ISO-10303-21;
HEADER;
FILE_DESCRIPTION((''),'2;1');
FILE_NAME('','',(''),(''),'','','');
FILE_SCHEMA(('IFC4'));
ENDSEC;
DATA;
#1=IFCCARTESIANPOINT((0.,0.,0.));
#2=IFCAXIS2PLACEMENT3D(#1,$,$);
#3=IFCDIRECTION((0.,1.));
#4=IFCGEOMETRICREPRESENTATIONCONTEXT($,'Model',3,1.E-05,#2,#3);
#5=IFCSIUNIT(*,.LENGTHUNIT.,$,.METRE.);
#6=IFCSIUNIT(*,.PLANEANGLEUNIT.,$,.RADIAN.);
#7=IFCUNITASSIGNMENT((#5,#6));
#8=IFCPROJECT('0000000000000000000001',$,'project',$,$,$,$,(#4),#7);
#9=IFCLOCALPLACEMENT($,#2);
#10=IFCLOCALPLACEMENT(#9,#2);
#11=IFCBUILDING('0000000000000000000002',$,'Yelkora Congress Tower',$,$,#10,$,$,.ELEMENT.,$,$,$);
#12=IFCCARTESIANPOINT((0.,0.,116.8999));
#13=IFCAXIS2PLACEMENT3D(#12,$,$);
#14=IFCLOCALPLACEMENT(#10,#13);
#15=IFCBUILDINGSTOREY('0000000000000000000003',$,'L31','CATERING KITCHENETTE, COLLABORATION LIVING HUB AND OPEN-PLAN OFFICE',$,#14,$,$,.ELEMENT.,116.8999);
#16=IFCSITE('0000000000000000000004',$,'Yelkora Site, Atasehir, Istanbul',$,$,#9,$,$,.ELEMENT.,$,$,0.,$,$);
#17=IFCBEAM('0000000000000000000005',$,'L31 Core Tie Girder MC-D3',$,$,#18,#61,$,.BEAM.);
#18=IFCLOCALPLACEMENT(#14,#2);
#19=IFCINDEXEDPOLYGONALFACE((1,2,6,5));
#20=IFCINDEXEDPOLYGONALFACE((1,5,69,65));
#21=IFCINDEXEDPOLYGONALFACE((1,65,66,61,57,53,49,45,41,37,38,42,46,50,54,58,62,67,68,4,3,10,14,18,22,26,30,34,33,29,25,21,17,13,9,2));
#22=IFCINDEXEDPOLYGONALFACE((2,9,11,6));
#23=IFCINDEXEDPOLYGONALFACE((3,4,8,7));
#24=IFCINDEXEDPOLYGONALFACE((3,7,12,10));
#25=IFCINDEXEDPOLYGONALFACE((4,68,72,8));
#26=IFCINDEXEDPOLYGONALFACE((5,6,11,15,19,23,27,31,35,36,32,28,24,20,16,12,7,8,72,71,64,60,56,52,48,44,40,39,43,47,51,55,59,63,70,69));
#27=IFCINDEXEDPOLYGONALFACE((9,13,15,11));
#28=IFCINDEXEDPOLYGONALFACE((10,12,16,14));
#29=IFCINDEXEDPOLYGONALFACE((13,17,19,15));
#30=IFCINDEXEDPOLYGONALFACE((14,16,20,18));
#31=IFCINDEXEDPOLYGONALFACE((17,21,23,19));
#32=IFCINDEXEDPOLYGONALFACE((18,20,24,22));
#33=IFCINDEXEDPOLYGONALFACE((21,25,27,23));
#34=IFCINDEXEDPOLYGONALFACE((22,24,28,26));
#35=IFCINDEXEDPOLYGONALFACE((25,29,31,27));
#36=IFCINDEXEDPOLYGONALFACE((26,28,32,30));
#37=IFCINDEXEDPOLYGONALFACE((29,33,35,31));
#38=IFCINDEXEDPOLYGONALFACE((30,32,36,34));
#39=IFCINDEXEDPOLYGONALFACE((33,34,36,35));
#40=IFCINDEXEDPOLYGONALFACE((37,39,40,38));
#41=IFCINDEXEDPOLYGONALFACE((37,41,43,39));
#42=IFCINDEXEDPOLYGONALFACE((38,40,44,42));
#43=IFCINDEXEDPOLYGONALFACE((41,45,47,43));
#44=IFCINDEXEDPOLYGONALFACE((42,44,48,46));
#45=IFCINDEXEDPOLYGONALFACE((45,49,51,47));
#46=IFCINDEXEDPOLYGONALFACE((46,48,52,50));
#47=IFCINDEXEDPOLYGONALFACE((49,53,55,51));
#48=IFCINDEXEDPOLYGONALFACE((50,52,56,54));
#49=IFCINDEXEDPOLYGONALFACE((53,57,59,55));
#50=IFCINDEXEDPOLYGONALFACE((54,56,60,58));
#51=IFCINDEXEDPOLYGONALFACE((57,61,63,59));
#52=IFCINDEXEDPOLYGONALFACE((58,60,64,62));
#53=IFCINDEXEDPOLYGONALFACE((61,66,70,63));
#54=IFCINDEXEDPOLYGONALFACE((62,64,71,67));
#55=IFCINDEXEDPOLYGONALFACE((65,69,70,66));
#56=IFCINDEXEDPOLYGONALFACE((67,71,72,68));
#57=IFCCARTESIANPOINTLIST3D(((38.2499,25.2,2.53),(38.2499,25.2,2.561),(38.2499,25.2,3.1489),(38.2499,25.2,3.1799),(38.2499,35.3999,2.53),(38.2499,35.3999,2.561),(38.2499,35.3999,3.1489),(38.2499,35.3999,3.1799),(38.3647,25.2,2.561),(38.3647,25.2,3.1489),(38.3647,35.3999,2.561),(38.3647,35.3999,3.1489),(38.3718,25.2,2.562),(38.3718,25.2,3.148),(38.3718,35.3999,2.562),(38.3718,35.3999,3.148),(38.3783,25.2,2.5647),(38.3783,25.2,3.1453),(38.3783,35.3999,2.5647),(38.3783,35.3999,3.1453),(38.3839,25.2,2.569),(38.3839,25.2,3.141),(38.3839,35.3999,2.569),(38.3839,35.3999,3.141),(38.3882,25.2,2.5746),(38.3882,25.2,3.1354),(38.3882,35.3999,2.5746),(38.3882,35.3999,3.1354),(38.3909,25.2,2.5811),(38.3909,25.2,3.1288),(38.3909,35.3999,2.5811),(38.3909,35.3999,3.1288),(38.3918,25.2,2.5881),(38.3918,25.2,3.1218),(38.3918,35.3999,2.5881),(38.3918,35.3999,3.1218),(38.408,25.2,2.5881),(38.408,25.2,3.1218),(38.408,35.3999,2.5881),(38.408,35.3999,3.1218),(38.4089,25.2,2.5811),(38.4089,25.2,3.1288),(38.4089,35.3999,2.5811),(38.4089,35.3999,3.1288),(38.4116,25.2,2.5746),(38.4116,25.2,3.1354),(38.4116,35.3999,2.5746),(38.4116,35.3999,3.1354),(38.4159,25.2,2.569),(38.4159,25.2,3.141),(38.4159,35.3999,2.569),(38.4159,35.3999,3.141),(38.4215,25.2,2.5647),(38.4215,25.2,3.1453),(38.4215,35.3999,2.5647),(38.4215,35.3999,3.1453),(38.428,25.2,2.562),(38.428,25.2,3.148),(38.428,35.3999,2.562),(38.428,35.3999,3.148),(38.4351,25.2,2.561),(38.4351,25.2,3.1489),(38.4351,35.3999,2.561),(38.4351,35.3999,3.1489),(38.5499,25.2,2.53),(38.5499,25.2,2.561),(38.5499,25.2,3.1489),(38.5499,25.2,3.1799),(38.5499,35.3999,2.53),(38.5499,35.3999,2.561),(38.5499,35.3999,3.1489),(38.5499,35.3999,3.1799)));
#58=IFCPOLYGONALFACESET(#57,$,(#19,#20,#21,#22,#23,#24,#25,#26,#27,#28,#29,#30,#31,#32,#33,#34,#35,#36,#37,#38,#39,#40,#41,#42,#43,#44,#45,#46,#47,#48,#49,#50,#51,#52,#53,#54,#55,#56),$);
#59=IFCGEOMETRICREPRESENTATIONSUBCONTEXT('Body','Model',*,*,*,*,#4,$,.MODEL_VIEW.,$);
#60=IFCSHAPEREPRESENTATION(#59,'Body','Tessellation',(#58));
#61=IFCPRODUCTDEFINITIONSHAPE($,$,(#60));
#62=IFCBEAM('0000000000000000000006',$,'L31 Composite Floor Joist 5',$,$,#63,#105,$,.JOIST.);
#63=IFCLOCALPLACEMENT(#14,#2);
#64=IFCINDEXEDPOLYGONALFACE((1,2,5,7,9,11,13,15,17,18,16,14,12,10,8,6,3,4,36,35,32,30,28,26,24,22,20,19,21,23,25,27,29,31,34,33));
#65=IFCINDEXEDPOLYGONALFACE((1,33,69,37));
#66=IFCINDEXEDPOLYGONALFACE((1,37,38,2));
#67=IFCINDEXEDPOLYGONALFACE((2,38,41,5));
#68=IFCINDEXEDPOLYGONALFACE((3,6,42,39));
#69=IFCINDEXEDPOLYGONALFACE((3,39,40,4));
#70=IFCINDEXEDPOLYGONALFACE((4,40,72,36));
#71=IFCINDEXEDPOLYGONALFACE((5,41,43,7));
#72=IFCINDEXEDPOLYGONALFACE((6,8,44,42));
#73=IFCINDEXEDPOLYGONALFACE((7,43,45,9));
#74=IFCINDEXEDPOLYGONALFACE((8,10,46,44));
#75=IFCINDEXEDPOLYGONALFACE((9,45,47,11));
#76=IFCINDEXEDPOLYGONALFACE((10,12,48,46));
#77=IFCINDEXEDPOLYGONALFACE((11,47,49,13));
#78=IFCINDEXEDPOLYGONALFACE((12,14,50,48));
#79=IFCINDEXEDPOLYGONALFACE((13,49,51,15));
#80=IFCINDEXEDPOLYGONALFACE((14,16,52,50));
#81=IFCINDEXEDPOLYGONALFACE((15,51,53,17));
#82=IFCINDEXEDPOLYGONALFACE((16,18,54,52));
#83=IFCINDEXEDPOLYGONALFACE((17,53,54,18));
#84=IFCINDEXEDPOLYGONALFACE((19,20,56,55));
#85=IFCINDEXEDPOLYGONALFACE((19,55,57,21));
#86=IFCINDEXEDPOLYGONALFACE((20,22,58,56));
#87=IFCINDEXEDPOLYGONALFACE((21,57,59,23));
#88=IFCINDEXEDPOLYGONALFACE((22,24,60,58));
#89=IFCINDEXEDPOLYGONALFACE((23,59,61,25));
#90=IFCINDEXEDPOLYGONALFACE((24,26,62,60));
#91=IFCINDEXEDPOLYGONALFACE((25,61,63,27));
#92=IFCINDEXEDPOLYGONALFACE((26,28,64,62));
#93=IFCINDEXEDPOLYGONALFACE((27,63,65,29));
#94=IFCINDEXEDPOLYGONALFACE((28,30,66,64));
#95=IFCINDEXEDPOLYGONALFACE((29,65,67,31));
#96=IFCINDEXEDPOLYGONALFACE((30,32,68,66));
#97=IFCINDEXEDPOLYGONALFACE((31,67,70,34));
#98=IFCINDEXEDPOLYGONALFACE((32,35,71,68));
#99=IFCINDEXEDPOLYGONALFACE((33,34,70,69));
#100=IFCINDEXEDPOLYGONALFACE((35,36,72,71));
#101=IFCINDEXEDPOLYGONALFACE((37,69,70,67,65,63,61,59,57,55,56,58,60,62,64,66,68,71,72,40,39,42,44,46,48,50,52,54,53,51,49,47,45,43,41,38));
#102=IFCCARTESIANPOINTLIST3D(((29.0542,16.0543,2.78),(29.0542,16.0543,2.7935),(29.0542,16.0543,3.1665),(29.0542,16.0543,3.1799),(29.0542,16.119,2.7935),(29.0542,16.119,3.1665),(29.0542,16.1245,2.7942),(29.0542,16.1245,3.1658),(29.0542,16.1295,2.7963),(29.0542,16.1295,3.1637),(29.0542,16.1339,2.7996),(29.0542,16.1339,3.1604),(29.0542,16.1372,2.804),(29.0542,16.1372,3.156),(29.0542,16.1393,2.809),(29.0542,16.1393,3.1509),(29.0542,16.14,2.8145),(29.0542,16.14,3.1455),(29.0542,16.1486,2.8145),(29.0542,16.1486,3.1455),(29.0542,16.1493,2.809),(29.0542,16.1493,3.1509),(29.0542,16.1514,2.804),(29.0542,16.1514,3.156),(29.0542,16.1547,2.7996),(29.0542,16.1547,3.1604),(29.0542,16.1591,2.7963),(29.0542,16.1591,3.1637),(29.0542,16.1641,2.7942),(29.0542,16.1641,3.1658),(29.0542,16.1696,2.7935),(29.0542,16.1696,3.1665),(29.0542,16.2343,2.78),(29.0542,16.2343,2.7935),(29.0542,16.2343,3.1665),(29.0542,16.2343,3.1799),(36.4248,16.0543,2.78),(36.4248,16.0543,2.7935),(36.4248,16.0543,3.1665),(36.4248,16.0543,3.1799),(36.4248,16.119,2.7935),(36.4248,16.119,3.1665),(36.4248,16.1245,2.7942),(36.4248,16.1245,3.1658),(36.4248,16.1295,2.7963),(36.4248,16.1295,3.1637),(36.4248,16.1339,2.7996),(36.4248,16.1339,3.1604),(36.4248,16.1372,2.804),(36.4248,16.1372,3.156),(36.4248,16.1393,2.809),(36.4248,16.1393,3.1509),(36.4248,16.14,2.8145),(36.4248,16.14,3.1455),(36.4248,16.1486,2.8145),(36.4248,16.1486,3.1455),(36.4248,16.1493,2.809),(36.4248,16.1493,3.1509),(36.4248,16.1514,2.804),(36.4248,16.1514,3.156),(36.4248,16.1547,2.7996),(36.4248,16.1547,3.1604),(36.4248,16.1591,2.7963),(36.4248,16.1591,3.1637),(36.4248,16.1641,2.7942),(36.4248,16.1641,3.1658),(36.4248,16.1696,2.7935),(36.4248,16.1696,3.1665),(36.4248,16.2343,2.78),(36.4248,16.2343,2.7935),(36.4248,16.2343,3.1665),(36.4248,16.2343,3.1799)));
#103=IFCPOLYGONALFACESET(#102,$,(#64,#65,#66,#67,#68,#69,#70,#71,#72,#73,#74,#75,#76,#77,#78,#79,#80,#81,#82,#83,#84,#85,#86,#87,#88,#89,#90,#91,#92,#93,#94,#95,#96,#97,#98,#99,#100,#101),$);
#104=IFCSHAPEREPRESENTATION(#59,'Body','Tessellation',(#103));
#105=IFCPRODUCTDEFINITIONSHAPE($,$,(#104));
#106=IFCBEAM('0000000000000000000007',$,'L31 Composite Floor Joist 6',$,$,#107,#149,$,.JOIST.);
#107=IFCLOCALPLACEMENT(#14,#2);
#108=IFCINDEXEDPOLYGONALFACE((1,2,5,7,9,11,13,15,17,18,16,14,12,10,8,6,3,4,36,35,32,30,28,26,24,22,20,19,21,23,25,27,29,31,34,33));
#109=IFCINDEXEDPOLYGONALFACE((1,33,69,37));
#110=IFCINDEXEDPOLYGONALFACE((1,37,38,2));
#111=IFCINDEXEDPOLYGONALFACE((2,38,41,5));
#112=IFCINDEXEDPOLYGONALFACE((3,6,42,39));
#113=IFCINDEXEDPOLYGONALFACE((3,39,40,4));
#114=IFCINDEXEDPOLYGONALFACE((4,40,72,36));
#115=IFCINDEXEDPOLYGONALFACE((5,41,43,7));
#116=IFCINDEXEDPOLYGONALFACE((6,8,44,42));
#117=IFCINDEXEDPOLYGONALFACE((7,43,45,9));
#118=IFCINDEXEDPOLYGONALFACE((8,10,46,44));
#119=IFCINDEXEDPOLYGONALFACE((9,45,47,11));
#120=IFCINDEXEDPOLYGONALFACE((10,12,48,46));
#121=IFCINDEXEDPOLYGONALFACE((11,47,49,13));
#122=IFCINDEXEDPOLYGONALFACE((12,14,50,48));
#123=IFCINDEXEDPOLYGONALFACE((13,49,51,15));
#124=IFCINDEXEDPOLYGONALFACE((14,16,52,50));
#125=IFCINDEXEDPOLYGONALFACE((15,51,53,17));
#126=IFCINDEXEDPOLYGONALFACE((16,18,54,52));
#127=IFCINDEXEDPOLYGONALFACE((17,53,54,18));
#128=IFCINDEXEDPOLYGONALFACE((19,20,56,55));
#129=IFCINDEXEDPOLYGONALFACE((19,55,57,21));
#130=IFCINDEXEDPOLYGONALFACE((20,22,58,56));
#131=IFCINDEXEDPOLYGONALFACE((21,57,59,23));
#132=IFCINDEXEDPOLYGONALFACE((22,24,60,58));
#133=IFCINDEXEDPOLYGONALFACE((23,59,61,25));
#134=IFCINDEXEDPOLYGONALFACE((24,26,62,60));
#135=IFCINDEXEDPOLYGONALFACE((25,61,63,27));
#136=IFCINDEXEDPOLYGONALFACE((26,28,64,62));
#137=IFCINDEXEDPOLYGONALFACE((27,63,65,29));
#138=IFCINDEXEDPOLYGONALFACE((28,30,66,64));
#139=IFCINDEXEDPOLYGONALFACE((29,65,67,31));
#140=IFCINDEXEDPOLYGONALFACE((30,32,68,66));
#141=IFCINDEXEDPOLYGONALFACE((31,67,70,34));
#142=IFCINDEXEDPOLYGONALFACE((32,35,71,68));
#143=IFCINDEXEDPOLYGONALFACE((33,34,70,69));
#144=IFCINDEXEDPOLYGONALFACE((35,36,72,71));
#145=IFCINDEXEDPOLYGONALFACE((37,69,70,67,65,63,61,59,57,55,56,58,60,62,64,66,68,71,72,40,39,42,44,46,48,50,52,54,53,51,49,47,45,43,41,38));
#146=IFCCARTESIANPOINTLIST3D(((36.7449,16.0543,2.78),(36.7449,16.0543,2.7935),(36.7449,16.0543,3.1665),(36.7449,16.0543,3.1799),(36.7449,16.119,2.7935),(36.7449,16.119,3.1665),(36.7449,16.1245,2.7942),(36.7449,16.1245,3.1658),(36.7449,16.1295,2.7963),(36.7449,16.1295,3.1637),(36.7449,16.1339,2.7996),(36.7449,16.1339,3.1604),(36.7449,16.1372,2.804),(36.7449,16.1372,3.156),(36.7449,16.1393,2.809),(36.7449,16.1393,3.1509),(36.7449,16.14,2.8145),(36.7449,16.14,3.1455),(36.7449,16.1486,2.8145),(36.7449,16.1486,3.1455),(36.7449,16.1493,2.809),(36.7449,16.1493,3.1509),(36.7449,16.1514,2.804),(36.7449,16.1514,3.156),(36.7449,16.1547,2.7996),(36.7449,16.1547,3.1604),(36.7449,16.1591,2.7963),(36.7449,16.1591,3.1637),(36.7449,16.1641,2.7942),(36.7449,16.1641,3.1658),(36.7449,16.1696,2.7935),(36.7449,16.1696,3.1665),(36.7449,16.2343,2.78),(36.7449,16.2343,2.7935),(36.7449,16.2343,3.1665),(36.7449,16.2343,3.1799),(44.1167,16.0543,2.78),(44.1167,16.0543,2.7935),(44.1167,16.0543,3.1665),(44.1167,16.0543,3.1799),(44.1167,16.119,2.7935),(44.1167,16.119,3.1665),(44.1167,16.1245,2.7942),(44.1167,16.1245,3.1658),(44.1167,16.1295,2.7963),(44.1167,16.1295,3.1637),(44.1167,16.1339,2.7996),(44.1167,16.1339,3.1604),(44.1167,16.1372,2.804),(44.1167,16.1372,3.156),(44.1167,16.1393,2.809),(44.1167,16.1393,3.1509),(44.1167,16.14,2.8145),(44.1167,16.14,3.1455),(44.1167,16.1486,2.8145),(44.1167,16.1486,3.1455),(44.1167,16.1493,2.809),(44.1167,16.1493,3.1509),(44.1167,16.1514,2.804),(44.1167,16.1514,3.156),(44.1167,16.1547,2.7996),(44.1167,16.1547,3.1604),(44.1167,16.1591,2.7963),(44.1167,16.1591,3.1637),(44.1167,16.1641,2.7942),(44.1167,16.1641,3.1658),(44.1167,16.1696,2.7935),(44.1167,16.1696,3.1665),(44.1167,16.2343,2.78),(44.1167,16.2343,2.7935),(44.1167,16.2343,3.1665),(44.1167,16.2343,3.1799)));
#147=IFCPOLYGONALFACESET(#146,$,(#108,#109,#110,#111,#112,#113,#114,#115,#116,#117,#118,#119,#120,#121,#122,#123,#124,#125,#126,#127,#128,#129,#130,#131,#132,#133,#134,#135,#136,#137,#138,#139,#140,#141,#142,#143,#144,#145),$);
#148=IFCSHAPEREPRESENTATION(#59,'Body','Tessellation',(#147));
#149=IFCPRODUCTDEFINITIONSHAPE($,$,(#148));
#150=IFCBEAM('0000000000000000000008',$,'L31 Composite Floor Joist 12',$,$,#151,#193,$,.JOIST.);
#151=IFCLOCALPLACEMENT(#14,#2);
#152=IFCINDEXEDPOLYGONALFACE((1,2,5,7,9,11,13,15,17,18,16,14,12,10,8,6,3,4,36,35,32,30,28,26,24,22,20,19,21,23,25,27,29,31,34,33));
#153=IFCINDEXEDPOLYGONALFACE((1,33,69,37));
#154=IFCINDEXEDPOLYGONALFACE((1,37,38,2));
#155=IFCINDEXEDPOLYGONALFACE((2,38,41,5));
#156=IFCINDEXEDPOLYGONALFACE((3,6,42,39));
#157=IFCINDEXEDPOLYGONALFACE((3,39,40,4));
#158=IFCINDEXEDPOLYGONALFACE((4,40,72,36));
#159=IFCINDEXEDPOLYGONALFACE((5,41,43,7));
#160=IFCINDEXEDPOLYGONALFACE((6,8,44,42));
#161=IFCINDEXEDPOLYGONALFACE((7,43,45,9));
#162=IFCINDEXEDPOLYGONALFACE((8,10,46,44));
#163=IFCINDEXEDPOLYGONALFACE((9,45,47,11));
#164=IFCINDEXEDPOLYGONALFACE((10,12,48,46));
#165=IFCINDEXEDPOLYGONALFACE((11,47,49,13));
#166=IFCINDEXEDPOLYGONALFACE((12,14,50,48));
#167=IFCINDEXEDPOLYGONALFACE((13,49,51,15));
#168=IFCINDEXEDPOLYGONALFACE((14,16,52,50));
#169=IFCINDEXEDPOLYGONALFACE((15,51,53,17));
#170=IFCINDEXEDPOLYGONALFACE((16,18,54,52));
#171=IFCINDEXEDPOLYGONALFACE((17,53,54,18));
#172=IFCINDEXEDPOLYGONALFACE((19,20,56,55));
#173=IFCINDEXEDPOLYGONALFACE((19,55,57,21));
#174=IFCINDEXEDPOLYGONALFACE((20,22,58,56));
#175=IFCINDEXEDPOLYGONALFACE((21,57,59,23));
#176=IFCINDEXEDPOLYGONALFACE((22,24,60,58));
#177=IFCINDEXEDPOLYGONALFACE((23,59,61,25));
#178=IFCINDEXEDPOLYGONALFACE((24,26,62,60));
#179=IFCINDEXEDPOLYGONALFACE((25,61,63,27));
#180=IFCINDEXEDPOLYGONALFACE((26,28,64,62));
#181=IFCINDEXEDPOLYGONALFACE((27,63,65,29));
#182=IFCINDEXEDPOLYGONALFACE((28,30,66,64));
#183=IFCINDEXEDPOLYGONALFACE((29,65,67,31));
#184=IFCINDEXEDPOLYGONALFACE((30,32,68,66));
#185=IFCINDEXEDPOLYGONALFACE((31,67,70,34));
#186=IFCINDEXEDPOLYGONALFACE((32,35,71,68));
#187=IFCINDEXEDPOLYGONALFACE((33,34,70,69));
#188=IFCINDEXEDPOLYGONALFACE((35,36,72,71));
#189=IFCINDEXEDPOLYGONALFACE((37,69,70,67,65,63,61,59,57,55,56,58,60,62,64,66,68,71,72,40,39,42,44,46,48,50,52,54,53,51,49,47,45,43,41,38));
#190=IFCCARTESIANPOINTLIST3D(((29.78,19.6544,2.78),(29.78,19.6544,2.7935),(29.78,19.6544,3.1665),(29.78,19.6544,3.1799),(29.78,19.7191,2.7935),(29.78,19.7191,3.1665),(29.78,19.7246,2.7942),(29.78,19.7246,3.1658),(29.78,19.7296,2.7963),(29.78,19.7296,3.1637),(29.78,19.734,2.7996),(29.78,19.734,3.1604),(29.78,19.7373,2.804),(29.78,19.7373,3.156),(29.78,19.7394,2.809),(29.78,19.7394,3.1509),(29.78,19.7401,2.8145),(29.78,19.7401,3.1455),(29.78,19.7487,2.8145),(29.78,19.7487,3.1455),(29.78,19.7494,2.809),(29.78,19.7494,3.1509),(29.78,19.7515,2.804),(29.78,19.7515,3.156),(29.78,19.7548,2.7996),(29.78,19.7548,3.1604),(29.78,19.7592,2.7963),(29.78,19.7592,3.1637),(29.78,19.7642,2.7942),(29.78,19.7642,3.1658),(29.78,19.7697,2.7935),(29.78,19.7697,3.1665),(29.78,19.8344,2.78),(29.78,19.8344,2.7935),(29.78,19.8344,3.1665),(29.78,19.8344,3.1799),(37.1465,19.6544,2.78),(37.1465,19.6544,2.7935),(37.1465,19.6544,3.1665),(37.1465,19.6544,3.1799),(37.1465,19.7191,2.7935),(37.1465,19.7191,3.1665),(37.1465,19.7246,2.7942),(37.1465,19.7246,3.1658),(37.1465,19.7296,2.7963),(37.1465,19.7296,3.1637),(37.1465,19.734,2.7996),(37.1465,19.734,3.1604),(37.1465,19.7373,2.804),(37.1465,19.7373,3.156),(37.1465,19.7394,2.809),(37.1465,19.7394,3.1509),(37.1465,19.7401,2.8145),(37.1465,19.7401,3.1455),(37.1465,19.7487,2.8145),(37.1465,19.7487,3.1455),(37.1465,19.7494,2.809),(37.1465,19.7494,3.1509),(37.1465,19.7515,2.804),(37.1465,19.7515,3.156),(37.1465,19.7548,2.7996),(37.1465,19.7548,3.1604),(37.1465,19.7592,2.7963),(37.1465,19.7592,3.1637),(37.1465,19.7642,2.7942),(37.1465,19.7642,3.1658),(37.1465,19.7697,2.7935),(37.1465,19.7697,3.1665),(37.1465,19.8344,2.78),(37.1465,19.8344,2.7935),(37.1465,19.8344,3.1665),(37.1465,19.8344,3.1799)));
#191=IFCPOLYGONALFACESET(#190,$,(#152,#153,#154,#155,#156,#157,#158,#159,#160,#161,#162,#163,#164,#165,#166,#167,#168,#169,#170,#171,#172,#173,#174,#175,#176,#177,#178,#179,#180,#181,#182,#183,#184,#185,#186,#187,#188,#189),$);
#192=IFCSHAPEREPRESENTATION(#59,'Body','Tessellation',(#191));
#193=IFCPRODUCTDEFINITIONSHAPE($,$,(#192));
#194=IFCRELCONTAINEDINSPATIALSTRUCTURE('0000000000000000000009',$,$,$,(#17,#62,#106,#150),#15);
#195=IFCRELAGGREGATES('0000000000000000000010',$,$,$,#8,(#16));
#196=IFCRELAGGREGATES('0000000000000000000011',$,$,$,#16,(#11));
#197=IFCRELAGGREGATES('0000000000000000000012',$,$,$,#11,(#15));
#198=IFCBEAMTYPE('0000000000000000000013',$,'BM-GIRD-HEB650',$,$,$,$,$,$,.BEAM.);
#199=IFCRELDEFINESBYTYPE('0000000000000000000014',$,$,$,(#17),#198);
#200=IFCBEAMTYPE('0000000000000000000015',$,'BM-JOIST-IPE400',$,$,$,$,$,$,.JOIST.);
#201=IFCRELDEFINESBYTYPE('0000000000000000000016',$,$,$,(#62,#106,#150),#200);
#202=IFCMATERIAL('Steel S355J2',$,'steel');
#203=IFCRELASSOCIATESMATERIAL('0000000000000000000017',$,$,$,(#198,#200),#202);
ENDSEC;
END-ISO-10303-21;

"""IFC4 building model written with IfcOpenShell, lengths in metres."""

from ifc_helpers import new_model, si_unit, direction, frame, origin, origin_2d, place, context, subcontext, project, spatial, i_section, extrude, material, material_profile, profile_set, type_object, element, save


model = new_model("IFC4")

# Units and contexts
model_context = context("Model", 3, precision=1e-05, world=origin(), true_north=direction((0.0, 1.0)))
body_context = subcontext(model_context, "Body", "Model", "MODEL_VIEW")
ifc_project = project(units=[si_unit("LENGTHUNIT", "METRE"), si_unit("PLANEANGLEUNIT", "RADIAN")], contexts=[model_context])

# Site, building, storey
site_placement = place(None, origin())
site = spatial("IfcSite", under=ifc_project, at=site_placement, Name="Yelkora Site, Atasehir, Istanbul", CompositionType="ELEMENT", RefElevation=0.0)
building_placement = place(site_placement, origin())
building = spatial("IfcBuilding", under=site, at=building_placement, Name="Yelkora Congress Tower", CompositionType="ELEMENT")
storey_placement = place(building_placement, frame((0.0, 0.0, 116.8999)))
storey = spatial("IfcBuildingStorey", under=building, at=storey_placement, Name="L31", Description="CATERING KITCHENETTE, COLLABORATION LIVING HUB AND OPEN-PLAN OFFICE", CompositionType="ELEMENT", Elevation=116.8999)

# Beams
ifc_material_1 = material(Name="Steel S355J2", Category="steel")
ifc_material_profile_1 = material_profile(ifc_material_1, i_section(OverallWidth=0.3, OverallDepth=0.6499, WebThickness=0.0161, FlangeThickness=0.031, FilletRadius=0.0271, at=origin_2d()), Name="HEB 650")
ifc_profile_set_1 = profile_set([ifc_material_profile_1], Name="Steel S355J2")
beam_type_1 = type_object("IfcBeamType", Name="BM-GIRD-HEB650", PredefinedType="BEAM", material=ifc_profile_set_1)
for number, where, z_axis, x_axis, name in (
    (1, (38.3999, 25.2, 2.855), (0.0, 1.0, 0.0), (-1.0, 0.0, 0.0), "L31 Core Tie Girder MC-D3"),
):
    element("IfcBeam", number, at=place(storey_placement, frame(where, z_axis=z_axis, x_axis=x_axis)), inside=storey, type_object=beam_type_1, Name=name, PredefinedType="BEAM", context=body_context, shape_type="SweptSolid", body=[
        extrude(i_section(OverallWidth=0.3, OverallDepth=0.6499, WebThickness=0.0161, FlangeThickness=0.031, FilletRadius=0.0271, at=origin_2d()), origin(), (0.0, 0.0, 1.0), 10.2),
    ])
ifc_material_profile_2 = material_profile(ifc_material_1, i_section(OverallWidth=0.1799, OverallDepth=0.3999, WebThickness=0.0085, FlangeThickness=0.0134, FilletRadius=0.021, at=origin_2d()), Name="IPE 400")
ifc_profile_set_2 = profile_set([ifc_material_profile_2], Name="Steel S355J2")
beam_type_2 = type_object("IfcBeamType", Name="BM-JOIST-IPE400", PredefinedType="JOIST", material=ifc_profile_set_2)
beam_1_placement = place(storey_placement, frame((29.0542, 16.1443, 2.98), z_axis=(1.0, 0.0, 0.0), x_axis=(0.0, 1.0, 0.0)))
element("IfcBeam", 2, at=beam_1_placement, inside=storey, type_object=beam_type_2, Name="L31 Composite Floor Joist 5", PredefinedType="JOIST", context=body_context, shape_type="SweptSolid", body=[
    extrude(i_section(OverallWidth=0.1799, OverallDepth=0.3999, WebThickness=0.0085, FlangeThickness=0.0134, FilletRadius=0.021, at=origin_2d()), origin(), (0.0, 0.0, 1.0), 7.3706),
])
beam_2_placement = place(storey_placement, frame((36.7449, 16.1443, 2.98), z_axis=(1.0, 0.0, 0.0), x_axis=(0.0, 1.0, 0.0)))
element("IfcBeam", 3, at=beam_2_placement, inside=storey, type_object=beam_type_2, Name="L31 Composite Floor Joist 6", PredefinedType="JOIST", context=body_context, shape_type="SweptSolid", body=[
    extrude(i_section(OverallWidth=0.1799, OverallDepth=0.3999, WebThickness=0.0085, FlangeThickness=0.0134, FilletRadius=0.021, at=origin_2d()), origin(), (0.0, 0.0, 1.0), 7.3718),
])
beam_3_placement = place(storey_placement, frame((29.78, 19.7444, 2.98), z_axis=(1.0, 0.0, 0.0), x_axis=(0.0, 1.0, 0.0)))
element("IfcBeam", 4, at=beam_3_placement, inside=storey, type_object=beam_type_2, Name="L31 Composite Floor Joist 12", PredefinedType="JOIST", context=body_context, shape_type="SweptSolid", body=[
    extrude(i_section(OverallWidth=0.1799, OverallDepth=0.3999, WebThickness=0.0085, FlangeThickness=0.0134, FilletRadius=0.021, at=origin_2d()), origin(), (0.0, 0.0, 1.0), 7.3665),
])

save(model, "model.ifc")
